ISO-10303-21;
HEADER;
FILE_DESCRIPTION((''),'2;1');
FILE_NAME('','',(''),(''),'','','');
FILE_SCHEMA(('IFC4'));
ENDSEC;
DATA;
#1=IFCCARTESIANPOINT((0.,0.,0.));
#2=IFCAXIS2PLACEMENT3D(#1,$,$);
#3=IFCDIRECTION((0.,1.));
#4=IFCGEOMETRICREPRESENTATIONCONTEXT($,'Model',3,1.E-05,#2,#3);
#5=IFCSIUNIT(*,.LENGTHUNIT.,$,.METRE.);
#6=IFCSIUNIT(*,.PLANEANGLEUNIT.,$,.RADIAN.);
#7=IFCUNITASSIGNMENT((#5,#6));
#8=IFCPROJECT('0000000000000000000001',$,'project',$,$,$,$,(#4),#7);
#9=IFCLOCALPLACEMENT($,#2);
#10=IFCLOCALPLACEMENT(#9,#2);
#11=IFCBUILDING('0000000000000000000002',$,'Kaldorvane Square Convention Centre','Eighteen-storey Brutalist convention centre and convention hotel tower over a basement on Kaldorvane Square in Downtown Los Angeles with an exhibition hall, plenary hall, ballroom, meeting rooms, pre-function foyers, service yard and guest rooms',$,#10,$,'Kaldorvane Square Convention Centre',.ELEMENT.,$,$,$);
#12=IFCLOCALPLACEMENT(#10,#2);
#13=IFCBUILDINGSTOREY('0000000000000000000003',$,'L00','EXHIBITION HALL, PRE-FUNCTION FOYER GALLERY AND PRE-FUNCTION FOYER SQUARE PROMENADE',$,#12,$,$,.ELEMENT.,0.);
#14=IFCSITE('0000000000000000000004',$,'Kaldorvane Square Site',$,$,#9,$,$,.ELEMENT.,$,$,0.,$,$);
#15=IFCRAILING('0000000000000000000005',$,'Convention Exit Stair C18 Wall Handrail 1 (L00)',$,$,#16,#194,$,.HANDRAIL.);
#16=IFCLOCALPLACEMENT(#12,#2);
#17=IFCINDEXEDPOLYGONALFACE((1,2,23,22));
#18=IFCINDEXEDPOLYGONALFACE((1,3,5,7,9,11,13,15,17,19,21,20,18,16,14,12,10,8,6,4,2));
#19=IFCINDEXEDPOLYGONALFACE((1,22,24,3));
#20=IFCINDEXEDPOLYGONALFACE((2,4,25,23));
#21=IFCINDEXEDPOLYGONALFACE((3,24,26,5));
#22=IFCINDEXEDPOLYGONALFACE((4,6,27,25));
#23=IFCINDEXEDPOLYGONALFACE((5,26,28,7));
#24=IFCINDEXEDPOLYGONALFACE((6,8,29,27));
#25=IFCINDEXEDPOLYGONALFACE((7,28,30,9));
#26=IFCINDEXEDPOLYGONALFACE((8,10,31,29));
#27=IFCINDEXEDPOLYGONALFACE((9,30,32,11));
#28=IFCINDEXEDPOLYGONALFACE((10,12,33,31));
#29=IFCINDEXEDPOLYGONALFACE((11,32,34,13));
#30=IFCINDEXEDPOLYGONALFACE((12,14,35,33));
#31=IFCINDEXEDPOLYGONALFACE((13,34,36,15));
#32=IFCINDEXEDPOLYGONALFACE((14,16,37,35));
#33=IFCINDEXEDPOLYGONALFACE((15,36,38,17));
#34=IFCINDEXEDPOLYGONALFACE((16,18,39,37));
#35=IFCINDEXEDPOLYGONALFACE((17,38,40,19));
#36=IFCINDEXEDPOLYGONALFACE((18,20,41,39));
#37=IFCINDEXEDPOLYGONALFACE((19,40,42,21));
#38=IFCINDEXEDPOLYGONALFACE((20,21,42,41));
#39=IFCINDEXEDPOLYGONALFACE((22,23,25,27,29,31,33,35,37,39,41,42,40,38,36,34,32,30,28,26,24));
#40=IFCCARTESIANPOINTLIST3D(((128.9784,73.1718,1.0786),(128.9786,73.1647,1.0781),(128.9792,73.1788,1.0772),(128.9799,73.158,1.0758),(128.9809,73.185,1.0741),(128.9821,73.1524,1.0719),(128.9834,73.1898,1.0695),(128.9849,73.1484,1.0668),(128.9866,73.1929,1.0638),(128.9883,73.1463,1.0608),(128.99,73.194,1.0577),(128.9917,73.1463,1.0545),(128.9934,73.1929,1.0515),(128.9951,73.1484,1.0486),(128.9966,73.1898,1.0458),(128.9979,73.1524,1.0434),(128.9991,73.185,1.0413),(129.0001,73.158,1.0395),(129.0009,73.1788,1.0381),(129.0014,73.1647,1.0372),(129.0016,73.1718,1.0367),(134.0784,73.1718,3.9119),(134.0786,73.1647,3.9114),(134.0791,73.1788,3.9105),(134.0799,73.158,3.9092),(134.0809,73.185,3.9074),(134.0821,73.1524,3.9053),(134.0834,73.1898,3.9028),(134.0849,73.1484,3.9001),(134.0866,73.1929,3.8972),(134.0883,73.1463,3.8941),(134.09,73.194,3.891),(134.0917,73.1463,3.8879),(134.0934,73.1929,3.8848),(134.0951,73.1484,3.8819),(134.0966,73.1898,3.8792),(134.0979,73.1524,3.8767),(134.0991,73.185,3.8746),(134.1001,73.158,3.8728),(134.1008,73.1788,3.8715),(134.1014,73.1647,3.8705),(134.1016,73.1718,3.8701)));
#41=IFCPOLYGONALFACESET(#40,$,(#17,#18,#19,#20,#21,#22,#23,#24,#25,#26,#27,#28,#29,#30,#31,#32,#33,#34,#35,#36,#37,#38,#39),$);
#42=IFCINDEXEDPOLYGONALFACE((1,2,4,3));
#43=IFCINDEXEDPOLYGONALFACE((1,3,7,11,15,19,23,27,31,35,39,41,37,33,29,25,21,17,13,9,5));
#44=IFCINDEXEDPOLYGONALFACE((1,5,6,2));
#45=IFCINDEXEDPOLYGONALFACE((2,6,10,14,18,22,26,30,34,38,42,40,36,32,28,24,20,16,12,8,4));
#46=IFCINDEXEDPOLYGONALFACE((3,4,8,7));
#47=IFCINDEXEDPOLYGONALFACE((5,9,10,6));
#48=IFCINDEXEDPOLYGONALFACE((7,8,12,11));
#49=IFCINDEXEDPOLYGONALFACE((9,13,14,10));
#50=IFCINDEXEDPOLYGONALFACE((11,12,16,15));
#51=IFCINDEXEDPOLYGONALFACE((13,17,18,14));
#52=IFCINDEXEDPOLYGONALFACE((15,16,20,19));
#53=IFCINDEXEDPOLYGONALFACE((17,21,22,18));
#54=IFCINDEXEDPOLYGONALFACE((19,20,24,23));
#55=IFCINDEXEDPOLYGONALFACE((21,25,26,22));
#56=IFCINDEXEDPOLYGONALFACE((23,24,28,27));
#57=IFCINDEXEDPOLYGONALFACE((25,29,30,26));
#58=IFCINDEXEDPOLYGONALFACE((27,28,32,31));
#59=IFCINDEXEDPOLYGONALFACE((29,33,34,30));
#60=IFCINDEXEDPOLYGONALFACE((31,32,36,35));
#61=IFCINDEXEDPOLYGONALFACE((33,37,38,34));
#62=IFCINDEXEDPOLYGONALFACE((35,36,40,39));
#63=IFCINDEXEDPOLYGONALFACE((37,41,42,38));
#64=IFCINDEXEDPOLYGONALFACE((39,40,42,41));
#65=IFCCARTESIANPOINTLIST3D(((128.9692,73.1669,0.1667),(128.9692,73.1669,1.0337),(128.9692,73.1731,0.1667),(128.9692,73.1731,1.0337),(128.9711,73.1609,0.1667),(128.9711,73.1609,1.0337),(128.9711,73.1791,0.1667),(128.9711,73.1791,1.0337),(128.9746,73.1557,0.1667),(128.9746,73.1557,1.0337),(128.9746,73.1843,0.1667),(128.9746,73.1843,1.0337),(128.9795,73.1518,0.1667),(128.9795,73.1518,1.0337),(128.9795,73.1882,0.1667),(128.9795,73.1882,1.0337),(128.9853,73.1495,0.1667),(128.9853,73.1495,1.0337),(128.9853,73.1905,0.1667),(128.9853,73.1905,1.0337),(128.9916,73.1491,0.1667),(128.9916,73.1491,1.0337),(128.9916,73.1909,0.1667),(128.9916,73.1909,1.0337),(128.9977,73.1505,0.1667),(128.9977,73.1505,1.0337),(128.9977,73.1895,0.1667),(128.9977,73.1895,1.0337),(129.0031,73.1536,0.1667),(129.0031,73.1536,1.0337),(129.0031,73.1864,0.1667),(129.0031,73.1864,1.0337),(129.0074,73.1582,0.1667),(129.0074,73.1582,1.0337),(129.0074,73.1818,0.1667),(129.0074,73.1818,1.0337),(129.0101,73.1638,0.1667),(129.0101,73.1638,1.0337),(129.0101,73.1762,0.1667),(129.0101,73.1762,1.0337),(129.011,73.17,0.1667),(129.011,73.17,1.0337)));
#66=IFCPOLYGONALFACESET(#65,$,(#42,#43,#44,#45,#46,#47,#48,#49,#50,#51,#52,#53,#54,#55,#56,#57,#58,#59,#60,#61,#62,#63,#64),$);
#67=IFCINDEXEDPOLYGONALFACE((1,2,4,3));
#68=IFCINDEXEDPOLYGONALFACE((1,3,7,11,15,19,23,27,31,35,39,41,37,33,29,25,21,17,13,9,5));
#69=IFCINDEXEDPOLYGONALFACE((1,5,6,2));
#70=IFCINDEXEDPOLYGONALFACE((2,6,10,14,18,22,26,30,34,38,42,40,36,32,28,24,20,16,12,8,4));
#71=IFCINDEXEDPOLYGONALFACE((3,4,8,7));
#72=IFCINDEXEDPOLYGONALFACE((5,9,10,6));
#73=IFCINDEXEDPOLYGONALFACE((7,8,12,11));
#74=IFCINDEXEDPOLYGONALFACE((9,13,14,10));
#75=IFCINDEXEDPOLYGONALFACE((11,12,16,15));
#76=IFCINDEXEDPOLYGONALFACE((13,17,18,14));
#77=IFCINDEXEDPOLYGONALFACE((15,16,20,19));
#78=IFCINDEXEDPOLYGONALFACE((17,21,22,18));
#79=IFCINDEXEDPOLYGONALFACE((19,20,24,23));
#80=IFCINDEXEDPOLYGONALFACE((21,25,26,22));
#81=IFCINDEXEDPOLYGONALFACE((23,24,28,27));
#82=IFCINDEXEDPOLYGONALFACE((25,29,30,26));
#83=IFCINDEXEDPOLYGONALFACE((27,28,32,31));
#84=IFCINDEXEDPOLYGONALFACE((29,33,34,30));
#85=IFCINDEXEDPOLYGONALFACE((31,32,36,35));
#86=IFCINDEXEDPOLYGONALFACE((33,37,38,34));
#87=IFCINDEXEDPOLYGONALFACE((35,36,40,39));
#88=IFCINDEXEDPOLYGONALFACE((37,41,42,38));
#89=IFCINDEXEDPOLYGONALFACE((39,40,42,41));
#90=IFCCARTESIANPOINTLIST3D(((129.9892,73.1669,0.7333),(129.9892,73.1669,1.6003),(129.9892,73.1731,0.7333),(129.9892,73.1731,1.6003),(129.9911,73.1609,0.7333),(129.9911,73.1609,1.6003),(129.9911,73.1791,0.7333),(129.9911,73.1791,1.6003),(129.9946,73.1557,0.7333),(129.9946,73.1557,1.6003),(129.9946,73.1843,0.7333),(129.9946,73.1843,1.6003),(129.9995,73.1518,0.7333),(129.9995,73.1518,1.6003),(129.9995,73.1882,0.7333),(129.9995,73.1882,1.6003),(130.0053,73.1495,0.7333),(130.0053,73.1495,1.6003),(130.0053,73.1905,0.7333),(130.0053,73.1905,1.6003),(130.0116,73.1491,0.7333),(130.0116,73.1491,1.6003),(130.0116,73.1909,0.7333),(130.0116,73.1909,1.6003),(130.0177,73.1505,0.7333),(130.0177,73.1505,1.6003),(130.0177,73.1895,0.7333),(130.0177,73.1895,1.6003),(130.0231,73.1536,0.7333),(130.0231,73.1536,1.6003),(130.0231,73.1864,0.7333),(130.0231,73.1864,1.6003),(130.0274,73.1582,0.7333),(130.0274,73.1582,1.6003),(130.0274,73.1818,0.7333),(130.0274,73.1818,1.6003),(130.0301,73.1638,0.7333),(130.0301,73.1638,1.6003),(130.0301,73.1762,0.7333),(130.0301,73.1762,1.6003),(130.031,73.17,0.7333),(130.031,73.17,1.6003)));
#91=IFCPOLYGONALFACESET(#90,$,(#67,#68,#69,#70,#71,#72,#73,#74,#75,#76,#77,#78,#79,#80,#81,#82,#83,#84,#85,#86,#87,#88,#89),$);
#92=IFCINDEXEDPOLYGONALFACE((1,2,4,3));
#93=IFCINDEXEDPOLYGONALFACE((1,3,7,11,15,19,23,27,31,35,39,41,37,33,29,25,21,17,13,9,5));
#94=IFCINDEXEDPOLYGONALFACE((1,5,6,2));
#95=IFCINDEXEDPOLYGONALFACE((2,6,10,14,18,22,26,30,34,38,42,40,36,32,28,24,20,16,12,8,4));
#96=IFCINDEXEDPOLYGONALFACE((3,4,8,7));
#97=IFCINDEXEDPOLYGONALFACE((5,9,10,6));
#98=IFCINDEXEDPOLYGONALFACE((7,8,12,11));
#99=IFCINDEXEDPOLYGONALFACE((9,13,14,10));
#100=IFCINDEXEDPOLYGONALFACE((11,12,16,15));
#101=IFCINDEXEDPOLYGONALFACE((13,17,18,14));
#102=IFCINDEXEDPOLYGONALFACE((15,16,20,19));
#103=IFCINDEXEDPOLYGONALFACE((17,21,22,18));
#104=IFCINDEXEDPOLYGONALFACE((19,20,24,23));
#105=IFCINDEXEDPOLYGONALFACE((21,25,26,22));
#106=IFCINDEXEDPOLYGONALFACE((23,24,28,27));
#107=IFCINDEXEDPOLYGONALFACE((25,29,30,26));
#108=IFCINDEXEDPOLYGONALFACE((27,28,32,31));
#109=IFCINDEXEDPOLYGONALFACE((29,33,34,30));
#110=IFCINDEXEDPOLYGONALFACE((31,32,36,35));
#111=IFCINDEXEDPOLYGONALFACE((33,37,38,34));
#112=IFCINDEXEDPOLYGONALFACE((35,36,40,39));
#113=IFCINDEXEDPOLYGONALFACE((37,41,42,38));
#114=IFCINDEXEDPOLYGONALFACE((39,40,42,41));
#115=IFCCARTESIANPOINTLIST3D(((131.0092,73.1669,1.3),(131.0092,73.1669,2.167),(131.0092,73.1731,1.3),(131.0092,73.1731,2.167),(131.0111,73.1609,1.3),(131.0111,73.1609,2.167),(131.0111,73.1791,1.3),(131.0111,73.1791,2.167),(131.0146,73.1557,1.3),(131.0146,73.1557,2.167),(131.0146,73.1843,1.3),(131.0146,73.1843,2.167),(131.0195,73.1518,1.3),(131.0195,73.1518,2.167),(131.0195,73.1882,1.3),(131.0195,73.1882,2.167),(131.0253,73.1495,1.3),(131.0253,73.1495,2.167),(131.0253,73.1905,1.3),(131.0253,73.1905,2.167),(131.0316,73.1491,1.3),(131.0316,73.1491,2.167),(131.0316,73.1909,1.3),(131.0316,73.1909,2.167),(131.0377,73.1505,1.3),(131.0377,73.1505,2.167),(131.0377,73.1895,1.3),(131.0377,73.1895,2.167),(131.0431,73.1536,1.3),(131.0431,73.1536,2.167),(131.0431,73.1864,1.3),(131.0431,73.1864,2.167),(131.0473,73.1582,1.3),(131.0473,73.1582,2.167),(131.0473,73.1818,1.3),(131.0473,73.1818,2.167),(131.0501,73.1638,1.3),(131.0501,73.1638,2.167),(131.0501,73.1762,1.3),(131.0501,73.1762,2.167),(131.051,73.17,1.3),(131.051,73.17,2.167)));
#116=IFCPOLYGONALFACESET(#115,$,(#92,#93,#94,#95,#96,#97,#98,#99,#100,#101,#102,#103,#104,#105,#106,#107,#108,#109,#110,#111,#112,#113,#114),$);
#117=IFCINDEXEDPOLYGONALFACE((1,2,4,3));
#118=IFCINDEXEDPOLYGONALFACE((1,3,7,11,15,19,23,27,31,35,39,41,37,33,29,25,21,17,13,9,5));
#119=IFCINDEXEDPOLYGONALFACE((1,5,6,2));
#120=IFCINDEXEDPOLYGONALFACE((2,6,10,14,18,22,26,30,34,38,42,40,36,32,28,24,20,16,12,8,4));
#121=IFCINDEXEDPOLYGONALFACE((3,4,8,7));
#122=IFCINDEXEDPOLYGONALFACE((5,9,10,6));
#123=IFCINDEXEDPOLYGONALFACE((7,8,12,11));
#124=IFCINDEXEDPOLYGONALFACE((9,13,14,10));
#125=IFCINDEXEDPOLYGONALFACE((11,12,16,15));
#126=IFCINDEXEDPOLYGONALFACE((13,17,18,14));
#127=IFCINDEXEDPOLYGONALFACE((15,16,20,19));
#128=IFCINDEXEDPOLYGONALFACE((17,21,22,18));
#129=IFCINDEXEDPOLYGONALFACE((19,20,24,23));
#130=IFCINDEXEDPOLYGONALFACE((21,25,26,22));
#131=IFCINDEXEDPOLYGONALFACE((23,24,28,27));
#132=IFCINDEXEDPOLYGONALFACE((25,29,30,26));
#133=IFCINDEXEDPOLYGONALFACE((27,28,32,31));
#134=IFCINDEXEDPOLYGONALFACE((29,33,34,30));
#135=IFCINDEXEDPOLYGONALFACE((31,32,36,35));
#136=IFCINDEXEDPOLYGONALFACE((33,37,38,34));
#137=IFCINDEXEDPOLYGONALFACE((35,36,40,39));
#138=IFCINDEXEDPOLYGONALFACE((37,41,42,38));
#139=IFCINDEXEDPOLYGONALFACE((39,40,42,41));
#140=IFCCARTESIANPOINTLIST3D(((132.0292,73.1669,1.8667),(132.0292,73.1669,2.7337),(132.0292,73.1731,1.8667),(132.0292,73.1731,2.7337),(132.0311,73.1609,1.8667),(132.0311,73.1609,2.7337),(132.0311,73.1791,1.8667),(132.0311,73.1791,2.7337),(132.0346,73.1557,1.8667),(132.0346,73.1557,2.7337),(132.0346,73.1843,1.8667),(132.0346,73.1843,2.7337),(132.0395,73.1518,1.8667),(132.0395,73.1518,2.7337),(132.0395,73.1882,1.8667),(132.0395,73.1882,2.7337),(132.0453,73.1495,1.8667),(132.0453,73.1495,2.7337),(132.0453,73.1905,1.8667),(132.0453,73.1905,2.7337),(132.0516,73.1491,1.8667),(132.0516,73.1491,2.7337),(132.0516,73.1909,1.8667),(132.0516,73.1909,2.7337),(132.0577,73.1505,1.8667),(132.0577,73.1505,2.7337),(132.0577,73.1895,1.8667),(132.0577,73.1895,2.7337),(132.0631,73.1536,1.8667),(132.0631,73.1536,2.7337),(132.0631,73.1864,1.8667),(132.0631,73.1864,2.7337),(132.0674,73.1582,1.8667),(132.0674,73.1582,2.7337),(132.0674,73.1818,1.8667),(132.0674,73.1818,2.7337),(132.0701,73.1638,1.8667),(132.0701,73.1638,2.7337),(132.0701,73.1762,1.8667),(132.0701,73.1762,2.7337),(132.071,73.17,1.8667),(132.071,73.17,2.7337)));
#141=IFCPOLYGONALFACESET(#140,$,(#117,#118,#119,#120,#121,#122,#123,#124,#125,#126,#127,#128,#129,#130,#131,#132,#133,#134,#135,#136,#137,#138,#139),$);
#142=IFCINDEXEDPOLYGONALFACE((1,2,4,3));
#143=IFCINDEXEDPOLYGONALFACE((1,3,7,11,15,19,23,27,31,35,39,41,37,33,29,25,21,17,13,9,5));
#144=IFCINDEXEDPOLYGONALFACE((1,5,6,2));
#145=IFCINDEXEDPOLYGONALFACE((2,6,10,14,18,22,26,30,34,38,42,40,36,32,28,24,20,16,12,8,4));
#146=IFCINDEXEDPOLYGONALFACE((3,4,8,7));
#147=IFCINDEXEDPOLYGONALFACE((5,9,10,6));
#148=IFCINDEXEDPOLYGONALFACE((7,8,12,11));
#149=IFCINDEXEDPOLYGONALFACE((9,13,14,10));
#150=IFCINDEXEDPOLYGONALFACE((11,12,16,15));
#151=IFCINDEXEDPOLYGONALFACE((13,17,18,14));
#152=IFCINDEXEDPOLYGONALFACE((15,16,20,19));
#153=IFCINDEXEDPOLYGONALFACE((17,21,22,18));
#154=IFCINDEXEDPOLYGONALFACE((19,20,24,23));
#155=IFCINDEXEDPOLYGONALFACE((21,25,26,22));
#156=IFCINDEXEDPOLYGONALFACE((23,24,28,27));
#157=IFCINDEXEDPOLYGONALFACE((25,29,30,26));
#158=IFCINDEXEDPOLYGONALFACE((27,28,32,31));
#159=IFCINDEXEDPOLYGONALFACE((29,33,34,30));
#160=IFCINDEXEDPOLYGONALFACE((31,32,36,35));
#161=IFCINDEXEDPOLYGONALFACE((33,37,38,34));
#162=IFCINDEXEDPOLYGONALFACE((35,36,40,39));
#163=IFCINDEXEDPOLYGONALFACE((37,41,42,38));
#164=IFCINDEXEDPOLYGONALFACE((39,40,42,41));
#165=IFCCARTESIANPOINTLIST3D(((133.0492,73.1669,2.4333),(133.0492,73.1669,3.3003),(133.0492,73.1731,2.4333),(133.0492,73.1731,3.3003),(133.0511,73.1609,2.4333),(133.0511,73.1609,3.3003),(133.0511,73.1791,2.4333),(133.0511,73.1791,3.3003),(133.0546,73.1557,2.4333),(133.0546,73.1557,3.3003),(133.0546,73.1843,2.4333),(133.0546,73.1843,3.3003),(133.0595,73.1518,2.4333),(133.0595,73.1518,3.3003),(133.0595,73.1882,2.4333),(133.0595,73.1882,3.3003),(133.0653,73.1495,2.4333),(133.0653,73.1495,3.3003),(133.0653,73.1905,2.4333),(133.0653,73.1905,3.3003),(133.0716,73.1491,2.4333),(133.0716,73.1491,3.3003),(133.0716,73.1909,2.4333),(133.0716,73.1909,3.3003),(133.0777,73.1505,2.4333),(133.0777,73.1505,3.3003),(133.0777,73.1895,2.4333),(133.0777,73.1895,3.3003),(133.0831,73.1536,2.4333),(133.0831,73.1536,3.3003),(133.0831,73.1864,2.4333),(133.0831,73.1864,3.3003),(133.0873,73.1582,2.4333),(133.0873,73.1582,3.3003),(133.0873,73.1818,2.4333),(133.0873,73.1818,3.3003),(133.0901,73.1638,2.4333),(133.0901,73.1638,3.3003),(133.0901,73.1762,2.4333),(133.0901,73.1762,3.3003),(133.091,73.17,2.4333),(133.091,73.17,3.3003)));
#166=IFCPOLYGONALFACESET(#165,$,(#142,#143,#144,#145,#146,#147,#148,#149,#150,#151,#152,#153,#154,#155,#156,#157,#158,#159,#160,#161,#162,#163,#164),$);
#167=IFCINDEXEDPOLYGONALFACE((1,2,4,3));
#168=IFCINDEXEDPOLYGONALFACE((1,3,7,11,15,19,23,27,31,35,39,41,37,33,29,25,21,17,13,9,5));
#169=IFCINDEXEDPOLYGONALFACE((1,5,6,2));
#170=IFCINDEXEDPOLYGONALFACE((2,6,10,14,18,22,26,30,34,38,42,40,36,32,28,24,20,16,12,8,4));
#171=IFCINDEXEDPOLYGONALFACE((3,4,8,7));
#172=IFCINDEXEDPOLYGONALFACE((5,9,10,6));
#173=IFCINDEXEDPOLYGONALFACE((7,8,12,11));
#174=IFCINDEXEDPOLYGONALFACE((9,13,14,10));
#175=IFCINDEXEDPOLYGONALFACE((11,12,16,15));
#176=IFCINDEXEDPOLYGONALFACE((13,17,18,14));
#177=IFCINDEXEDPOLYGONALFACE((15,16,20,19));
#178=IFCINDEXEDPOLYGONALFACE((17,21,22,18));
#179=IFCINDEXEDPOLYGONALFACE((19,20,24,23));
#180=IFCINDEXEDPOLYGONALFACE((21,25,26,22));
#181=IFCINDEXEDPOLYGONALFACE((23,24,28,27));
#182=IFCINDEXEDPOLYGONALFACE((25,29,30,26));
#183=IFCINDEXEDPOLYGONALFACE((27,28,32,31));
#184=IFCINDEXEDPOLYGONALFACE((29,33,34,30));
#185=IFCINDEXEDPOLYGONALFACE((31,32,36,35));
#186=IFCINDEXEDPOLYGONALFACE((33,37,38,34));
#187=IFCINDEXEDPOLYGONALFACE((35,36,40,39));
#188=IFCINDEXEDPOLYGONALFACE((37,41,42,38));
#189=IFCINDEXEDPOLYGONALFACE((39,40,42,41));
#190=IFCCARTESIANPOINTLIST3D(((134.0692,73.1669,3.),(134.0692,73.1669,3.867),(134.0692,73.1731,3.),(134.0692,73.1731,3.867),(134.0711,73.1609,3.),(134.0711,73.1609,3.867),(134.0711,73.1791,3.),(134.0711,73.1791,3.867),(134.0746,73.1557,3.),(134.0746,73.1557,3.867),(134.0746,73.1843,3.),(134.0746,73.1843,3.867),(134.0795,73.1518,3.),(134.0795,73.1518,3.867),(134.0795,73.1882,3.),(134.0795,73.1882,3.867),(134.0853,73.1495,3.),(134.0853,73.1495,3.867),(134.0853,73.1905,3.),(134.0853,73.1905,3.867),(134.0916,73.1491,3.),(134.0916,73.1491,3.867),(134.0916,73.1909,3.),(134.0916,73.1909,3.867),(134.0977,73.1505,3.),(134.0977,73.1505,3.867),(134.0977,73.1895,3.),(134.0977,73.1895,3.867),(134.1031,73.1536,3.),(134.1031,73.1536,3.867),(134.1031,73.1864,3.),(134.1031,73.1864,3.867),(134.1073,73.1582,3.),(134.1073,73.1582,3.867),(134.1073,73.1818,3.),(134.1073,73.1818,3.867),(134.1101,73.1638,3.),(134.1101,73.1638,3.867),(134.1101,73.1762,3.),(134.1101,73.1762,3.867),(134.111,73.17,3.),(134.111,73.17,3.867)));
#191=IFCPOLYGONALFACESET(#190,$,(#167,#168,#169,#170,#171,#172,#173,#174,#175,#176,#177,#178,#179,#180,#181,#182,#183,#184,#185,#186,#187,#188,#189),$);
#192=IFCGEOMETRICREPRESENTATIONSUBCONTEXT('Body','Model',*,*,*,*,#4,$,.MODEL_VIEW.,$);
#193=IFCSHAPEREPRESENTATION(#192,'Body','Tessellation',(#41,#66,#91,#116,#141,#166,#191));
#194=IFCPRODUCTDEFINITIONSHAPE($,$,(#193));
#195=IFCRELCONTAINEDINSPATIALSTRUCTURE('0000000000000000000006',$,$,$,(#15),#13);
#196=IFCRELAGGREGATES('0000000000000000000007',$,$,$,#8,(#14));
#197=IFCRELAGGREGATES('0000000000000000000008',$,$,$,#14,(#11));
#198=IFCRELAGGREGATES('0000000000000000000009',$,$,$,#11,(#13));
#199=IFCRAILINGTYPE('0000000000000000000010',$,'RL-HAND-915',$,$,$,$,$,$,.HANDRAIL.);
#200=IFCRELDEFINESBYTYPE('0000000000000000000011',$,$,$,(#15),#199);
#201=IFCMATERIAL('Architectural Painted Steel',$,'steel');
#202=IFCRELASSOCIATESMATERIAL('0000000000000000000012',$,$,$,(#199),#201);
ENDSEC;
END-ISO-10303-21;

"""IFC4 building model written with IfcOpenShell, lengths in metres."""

from ifc_helpers import new_model, si_unit, direction, frame, origin, origin_2d, place, context, subcontext, project, spatial, circle, extrude, material, type_object, element, save


model = new_model("IFC4")

# Units and contexts
model_context = context("Model", 3, precision=1e-05, world=origin(), true_north=direction((0.0, 1.0)))
body_context = subcontext(model_context, "Body", "Model", "MODEL_VIEW")
ifc_project = project(units=[si_unit("LENGTHUNIT", "METRE"), si_unit("PLANEANGLEUNIT", "RADIAN")], contexts=[model_context])

# Site, building, storey
site_placement = place(None, origin())
site = spatial("IfcSite", under=ifc_project, at=site_placement, Name="Kaldorvane Square Site", CompositionType="ELEMENT", RefElevation=0.0)
building_placement = place(site_placement, origin())
building = spatial("IfcBuilding", under=site, at=building_placement, Name="Kaldorvane Square Convention Centre", Description="Eighteen-storey Brutalist convention centre and convention hotel tower over a basement on Kaldorvane Square in Downtown Los Angeles with an exhibition hall, plenary hall, ballroom, meeting rooms, pre-function foyers, service yard and guest rooms", LongName="Kaldorvane Square Convention Centre", CompositionType="ELEMENT")
storey_placement = place(building_placement, origin())
storey = spatial("IfcBuildingStorey", under=building, at=storey_placement, Name="L00", Description="EXHIBITION HALL, PRE-FUNCTION FOYER GALLERY AND PRE-FUNCTION FOYER SQUARE PROMENADE", CompositionType="ELEMENT", Elevation=0.0)

# Railing
ifc_material_1 = material(Name="Architectural Painted Steel", Category="steel")
railing_type_1 = type_object("IfcRailingType", Name="RL-HAND-915", PredefinedType="HANDRAIL", material=ifc_material_1)
railing_1_placement = place(storey_placement, frame((128.99, 73.17, 0.1667)))
element("IfcRailing", 1, at=railing_1_placement, inside=storey, type_object=railing_type_1, Name="Convention Exit Stair C18 Wall Handrail 1 (L00)", PredefinedType="HANDRAIL", context=body_context, shape_type="SweptSolid", body=[
    extrude(circle(Radius=0.024, at=origin_2d()), frame((0.0, 0.0, 0.891), z_axis=(0.874157, 0.0, 0.485643), x_axis=(0.0, 1.0, 0.0)), (0.0, 0.0, 1.0), 5.8342),
    extrude(circle(Radius=0.021, at=origin_2d()), origin(), (0.0, 0.0, 1.0), 0.867),
    extrude(circle(Radius=0.021, at=origin_2d()), frame((1.02, 0.0, 0.5667)), (0.0, 0.0, 1.0), 0.867),
    extrude(circle(Radius=0.021, at=origin_2d()), frame((2.04, 0.0, 1.1333)), (0.0, 0.0, 1.0), 0.867),
    extrude(circle(Radius=0.021, at=origin_2d()), frame((3.06, 0.0, 1.7)), (0.0, 0.0, 1.0), 0.867),
    extrude(circle(Radius=0.021, at=origin_2d()), frame((4.08, 0.0, 2.2667)), (0.0, 0.0, 1.0), 0.867),
    extrude(circle(Radius=0.021, at=origin_2d()), frame((5.1, 0.0, 2.8333)), (0.0, 0.0, 1.0), 0.867),
])

save(model, "model.ifc")
